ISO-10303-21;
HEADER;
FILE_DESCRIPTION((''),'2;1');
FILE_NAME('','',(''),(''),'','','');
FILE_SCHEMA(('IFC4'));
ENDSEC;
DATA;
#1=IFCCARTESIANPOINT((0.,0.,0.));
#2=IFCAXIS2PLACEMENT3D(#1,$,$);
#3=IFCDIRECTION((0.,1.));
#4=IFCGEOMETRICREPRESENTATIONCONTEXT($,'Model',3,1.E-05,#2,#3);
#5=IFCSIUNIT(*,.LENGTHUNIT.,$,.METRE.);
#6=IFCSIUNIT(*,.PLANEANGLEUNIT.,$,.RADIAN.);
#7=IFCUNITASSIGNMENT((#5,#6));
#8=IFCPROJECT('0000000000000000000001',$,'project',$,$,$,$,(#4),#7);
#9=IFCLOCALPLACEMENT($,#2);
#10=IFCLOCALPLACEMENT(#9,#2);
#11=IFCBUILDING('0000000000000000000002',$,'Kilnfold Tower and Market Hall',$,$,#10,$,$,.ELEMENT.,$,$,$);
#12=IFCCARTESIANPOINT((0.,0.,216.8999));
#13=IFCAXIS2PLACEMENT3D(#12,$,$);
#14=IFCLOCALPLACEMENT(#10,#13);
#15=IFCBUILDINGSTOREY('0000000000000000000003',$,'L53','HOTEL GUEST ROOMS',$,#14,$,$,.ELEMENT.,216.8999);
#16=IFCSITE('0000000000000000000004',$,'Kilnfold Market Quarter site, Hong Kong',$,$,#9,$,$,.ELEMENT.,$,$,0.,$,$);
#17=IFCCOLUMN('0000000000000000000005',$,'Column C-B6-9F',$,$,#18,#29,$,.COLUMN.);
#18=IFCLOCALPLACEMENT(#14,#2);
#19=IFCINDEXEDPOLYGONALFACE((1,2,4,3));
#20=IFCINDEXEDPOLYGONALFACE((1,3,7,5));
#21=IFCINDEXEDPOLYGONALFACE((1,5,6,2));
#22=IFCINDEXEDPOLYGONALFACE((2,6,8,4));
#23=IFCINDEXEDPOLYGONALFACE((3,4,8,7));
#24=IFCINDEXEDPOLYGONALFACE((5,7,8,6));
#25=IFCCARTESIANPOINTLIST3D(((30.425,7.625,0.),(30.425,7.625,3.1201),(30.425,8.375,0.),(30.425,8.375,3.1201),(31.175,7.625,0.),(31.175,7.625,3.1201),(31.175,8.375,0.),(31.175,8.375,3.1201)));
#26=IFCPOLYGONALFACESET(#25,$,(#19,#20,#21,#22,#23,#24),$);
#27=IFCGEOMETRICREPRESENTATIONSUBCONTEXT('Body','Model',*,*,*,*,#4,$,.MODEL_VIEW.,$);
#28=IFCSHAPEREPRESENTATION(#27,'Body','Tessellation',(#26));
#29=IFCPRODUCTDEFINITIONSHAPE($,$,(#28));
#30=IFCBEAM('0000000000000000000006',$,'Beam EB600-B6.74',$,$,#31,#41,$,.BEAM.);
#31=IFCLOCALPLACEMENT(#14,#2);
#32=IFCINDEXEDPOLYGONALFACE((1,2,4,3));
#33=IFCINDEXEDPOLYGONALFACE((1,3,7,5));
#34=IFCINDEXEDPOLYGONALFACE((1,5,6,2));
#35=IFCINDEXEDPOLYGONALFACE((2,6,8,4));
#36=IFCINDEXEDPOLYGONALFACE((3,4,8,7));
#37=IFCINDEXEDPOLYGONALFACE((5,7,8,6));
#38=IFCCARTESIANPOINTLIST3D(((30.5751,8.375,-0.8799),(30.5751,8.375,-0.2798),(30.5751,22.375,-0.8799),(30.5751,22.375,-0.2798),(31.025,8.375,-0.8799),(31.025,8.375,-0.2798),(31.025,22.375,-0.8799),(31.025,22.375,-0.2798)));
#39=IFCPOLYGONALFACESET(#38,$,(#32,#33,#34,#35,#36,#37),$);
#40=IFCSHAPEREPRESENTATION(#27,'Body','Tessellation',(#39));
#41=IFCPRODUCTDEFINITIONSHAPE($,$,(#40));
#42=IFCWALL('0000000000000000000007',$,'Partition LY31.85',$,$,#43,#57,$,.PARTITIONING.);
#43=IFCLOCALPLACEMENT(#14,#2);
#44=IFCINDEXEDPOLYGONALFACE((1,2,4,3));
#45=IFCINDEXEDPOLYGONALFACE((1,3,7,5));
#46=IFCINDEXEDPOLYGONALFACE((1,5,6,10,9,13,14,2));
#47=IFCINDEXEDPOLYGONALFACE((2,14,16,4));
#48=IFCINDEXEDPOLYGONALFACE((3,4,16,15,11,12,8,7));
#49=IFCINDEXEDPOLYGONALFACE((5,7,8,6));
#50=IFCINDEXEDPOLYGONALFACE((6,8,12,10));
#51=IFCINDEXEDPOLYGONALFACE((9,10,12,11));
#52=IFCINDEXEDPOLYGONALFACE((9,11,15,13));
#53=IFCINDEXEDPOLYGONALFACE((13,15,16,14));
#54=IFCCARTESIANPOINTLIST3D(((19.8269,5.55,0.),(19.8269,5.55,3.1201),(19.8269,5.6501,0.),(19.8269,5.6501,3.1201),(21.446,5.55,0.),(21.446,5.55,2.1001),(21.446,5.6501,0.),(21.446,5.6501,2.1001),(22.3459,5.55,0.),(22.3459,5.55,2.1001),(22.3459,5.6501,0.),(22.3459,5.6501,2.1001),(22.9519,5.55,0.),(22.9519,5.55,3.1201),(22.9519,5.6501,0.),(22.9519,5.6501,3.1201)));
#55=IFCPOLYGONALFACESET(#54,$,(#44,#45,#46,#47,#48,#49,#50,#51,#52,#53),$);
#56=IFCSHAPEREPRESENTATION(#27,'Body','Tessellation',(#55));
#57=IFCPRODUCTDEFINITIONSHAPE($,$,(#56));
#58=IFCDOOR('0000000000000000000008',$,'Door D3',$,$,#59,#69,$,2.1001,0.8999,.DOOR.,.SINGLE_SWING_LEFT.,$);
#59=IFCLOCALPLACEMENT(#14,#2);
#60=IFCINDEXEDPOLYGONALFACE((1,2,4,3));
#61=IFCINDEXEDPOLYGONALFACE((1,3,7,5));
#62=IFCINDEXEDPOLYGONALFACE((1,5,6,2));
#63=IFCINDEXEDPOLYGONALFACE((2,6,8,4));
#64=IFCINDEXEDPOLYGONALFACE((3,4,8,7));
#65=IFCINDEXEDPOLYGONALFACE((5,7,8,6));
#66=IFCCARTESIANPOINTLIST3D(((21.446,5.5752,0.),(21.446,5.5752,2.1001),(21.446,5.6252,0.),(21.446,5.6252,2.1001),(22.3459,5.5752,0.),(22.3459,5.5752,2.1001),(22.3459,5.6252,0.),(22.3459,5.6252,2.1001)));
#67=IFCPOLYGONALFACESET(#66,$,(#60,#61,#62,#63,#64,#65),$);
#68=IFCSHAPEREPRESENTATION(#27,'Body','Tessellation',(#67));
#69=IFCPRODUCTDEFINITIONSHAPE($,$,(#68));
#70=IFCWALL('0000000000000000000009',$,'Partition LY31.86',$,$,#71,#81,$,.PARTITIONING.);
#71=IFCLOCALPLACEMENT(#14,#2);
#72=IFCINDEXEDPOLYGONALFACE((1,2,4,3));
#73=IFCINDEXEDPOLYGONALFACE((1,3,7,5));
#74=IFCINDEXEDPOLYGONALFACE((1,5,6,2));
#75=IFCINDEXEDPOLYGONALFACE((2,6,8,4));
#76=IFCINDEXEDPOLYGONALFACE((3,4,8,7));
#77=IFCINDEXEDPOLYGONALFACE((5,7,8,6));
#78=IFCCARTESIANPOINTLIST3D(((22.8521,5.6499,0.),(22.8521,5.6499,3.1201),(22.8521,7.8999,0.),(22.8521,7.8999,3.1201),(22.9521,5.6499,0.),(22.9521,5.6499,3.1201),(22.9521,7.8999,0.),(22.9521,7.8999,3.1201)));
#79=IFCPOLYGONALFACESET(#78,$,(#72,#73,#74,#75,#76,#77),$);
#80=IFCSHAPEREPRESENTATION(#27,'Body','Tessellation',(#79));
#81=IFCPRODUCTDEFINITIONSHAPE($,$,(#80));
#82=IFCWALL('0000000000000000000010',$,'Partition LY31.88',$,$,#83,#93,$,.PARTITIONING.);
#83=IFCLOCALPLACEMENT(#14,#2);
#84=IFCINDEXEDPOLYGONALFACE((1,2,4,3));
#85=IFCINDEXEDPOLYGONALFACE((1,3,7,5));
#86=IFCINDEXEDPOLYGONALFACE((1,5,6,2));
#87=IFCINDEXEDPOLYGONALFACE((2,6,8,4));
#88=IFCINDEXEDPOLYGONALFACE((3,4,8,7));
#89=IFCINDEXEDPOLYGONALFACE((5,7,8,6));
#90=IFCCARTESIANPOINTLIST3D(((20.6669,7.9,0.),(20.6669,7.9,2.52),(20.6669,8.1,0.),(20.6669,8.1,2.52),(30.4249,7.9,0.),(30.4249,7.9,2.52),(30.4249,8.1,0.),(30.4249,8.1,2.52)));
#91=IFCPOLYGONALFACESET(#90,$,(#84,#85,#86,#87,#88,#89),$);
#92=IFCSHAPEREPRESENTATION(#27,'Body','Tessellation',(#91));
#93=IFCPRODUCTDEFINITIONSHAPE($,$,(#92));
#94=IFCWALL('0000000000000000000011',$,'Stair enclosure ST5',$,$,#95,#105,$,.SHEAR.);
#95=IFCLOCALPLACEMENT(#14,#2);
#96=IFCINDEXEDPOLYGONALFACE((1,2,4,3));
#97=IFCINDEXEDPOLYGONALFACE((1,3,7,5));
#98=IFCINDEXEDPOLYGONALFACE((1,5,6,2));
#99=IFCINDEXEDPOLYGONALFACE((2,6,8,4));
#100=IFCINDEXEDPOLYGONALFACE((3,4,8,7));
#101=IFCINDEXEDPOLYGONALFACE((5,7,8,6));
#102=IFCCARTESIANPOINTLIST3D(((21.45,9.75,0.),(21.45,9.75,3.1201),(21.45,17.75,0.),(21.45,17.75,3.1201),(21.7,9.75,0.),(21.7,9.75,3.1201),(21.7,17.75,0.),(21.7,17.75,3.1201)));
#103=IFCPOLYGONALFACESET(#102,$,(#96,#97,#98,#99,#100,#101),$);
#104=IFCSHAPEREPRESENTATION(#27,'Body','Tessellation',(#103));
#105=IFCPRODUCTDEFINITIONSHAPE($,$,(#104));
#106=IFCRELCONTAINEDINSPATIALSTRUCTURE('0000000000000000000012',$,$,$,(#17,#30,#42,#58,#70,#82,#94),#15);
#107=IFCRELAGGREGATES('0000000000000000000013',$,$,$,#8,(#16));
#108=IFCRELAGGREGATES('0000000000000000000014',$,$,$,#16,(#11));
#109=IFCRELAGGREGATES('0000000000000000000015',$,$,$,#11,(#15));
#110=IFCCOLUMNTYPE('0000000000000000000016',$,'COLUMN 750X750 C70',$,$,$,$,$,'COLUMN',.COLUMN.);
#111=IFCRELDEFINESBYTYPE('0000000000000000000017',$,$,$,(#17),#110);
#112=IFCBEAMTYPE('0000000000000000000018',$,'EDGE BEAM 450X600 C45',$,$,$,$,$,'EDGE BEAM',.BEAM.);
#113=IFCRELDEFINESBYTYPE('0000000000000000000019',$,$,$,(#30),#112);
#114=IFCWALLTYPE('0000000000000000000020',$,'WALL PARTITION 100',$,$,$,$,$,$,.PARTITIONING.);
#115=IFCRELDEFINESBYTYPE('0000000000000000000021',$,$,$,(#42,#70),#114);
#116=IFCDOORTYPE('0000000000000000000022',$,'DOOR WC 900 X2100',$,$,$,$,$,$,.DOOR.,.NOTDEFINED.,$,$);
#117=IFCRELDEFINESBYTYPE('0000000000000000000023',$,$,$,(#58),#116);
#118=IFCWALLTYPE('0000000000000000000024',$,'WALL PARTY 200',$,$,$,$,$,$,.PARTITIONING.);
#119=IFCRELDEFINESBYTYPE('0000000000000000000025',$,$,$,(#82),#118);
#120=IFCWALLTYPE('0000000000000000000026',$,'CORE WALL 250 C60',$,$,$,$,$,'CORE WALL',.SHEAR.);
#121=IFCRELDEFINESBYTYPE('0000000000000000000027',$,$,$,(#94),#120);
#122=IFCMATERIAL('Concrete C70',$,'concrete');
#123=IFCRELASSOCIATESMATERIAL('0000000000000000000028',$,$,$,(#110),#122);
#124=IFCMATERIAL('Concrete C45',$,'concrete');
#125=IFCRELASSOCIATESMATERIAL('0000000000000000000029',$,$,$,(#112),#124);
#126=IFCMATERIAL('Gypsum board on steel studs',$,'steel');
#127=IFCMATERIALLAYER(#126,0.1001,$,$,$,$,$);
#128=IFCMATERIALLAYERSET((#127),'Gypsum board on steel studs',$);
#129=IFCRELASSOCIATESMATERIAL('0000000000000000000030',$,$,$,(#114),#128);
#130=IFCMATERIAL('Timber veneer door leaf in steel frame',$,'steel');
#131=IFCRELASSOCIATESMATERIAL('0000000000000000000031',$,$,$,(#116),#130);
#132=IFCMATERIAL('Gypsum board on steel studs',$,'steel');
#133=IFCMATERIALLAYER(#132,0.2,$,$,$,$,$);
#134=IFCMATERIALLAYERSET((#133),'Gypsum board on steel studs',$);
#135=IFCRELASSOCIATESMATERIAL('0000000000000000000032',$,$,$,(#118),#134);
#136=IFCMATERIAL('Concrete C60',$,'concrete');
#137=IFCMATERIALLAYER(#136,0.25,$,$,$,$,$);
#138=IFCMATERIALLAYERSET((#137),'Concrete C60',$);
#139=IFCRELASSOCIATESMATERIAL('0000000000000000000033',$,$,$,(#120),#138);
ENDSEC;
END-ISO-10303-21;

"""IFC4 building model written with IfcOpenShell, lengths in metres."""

from ifc_helpers import new_model, si_unit, direction, frame, frame_2d, origin, origin_2d, place, context, subcontext, project, spatial, rectangle, extrude, source, transform, mapped, material, layer, layer_set, material_profile, profile_set, type_object, element, fill, save


model = new_model("IFC4")

# Units and contexts
model_context = context("Model", 3, precision=1e-05, world=origin(), true_north=direction((0.0, 1.0)))
body_context = subcontext(model_context, "Body", "Model", "MODEL_VIEW")
ifc_project = project(units=[si_unit("LENGTHUNIT", "METRE"), si_unit("PLANEANGLEUNIT", "RADIAN")], contexts=[model_context])

# Site, building, storey
site_placement = place(None, origin())
site = spatial("IfcSite", under=ifc_project, at=site_placement, Name="Kilnfold Market Quarter site, Hong Kong", CompositionType="ELEMENT", RefElevation=0.0)
building_placement = place(site_placement, origin())
building = spatial("IfcBuilding", under=site, at=building_placement, Name="Kilnfold Tower and Market Hall", CompositionType="ELEMENT")
storey_placement = place(building_placement, frame((0.0, 0.0, 216.8999)))
storey = spatial("IfcBuildingStorey", under=building, at=storey_placement, Name="L53", Description="HOTEL GUEST ROOMS", CompositionType="ELEMENT", Elevation=216.8999)

# Column
ifc_material_1 = material(Name="Concrete C70", Category="concrete")
ifc_material_profile_1 = material_profile(ifc_material_1, rectangle(XDim=0.75, YDim=0.75, at=origin_2d()), Name="RC 750x750")
ifc_profile_set_1 = profile_set([ifc_material_profile_1], Name="Concrete C70")
column_type = type_object("IfcColumnType", Name="COLUMN 750X750 C70", ElementType="COLUMN", PredefinedType="COLUMN", material=ifc_profile_set_1)
shared_shape_1 = source(origin(), body_context, "Body", "SweptSolid", [
    extrude(rectangle(XDim=0.75, YDim=0.75, at=origin_2d()), origin(), (0.0, 0.0, 1.0), 3.1201),
])
column_placement = place(storey_placement, frame((30.8, 8.0, 0.0), z_axis=(0.0, 0.0, 1.0), x_axis=(1.0, 0.0, 0.0)))
element("IfcColumn", 1, at=column_placement, inside=storey, type_object=column_type, Name="Column C-B6-9F", PredefinedType="COLUMN", context=body_context, shape_type="MappedRepresentation", body=[
    mapped(shared_shape_1, transform((0.0, 0.0, 0.0))),
])

# Beam
ifc_material_2 = material(Name="Concrete C45", Category="concrete")
ifc_material_profile_2 = material_profile(ifc_material_2, rectangle(XDim=0.45, YDim=0.6001, at=origin_2d()), Name="RC 450x600")
ifc_profile_set_2 = profile_set([ifc_material_profile_2], Name="Concrete C45")
beam_type = type_object("IfcBeamType", Name="EDGE BEAM 450X600 C45", ElementType="EDGE BEAM", PredefinedType="BEAM", material=ifc_profile_set_2)
shared_shape_2 = source(origin(), body_context, "Body", "SweptSolid", [
    extrude(rectangle(XDim=0.45, YDim=0.6001, at=origin_2d()), origin(), (0.0, 0.0, 1.0), 14.0),
])
beam_placement = place(storey_placement, frame((30.8, 8.375, -0.5798), z_axis=(0.0, 1.0, 0.0), x_axis=(-1.0, 0.0, 0.0)))
element("IfcBeam", 2, at=beam_placement, inside=storey, type_object=beam_type, Name="Beam EB600-B6.74", PredefinedType="BEAM", context=body_context, shape_type="MappedRepresentation", body=[
    mapped(shared_shape_2, transform((0.0, 0.0, 0.0))),
])

# Wall, opening, door
ifc_material_3 = material(Name="Gypsum board on steel studs", Category="steel")
ifc_layer_1 = layer(ifc_material_3, 0.1001)
ifc_layer_set_1 = layer_set([ifc_layer_1], Name="Gypsum board on steel studs")
wall_type_1 = type_object("IfcWallType", Name="WALL PARTITION 100", PredefinedType="PARTITIONING", material=ifc_layer_set_1)
wall_1_placement = place(storey_placement, frame((22.9519, 5.6001, 0.0), z_axis=(0.0, 0.0, 1.0), x_axis=(-1.0, 0.0, 0.0)))
wall_1 = element("IfcWall", 3, at=wall_1_placement, inside=storey, type_object=wall_type_1, Name="Partition LY31.85", PredefinedType="PARTITIONING", context=body_context, shape_type="SweptSolid", body=[
    extrude(rectangle(XDim=3.125, YDim=0.1001, at=frame_2d((1.5625, 0.0))), origin(), (0.0, 0.0, 1.0), 3.1201),
])
opening_1_placement = place(wall_1_placement, frame((0.606, 0.0, 0.0)))
opening_1 = element("IfcOpeningElement", 4, at=opening_1_placement, cuts=wall_1, PredefinedType="OPENING", context=body_context, shape_type="SweptSolid", body=[
    extrude(rectangle(XDim=0.8999, YDim=2.1001, at=frame_2d((0.45, 1.05))), frame((0.0, 0.0601, 0.0), z_axis=(0.0, -1.0, 0.0), x_axis=(1.0, 0.0, 0.0)), (0.0, 0.0, 1.0), 0.1201),
])
ifc_material_4 = material(Name="Timber veneer door leaf in steel frame", Category="steel")
door_type_1 = type_object("IfcDoorType", Name="DOOR WC 900 X2100", OperationType="NOTDEFINED", PredefinedType="DOOR", material=ifc_material_4)
door_1_placement = place(opening_1_placement, origin())
door_1 = element("IfcDoor", 5, at=door_1_placement, inside=storey, type_object=door_type_1, Name="Door D3", OperationType="SINGLE_SWING_LEFT", OverallHeight=2.1001, OverallWidth=0.8999, PredefinedType="DOOR", context=body_context, shape_type="SweptSolid", body=[
    extrude(rectangle(XDim=0.8999, YDim=2.1001, at=frame_2d((0.45, 1.05))), frame((0.0, 0.0249, 0.0), z_axis=(0.0, -1.0, 0.0), x_axis=(1.0, 0.0, 0.0)), (0.0, 0.0, 1.0), 0.05),
])
fill(opening_1, door_1)

# Walls
wall_2_placement = place(storey_placement, frame((22.9021, 5.6499, 0.0), z_axis=(0.0, 0.0, 1.0), x_axis=(0.0, 1.0, 0.0)))
element("IfcWall", 6, at=wall_2_placement, inside=storey, type_object=wall_type_1, Name="Partition LY31.86", PredefinedType="PARTITIONING", context=body_context, shape_type="SweptSolid", body=[
    extrude(rectangle(XDim=2.25, YDim=0.1001, at=frame_2d((1.125, 0.0))), origin(), (0.0, 0.0, 1.0), 3.1201),
])
ifc_material_5 = material(Name="Gypsum board on steel studs", Category="steel")
ifc_layer_2 = layer(ifc_material_5, 0.2)
ifc_layer_set_2 = layer_set([ifc_layer_2], Name="Gypsum board on steel studs")
wall_type_2 = type_object("IfcWallType", Name="WALL PARTY 200", PredefinedType="PARTITIONING", material=ifc_layer_set_2)
wall_3_placement = place(storey_placement, frame((20.667, 8.0, 0.0), z_axis=(0.0, 0.0, 1.0), x_axis=(1.0, 0.0, 0.0)))
element("IfcWall", 7, at=wall_3_placement, inside=storey, type_object=wall_type_2, Name="Partition LY31.88", PredefinedType="PARTITIONING", context=body_context, shape_type="SweptSolid", body=[
    extrude(rectangle(XDim=9.7581, YDim=0.2, at=frame_2d((4.8789, 0.0))), origin(), (0.0, 0.0, 1.0), 2.52),
])
ifc_material_6 = material(Name="Concrete C60", Category="concrete")
ifc_layer_3 = layer(ifc_material_6, 0.25)
ifc_layer_set_3 = layer_set([ifc_layer_3], Name="Concrete C60")
wall_type_3 = type_object("IfcWallType", Name="CORE WALL 250 C60", ElementType="CORE WALL", PredefinedType="SHEAR", material=ifc_layer_set_3)
shared_shape_3 = source(origin(), body_context, "Body", "SweptSolid", [
    extrude(rectangle(XDim=8.0, YDim=0.25, at=frame_2d((4.0, 0.0))), origin(), (0.0, 0.0, 1.0), 3.1201),
])
wall_4_placement = place(storey_placement, frame((21.575, 9.75, 0.0), z_axis=(0.0, 0.0, 1.0), x_axis=(0.0, 1.0, 0.0)))
element("IfcWall", 8, at=wall_4_placement, inside=storey, type_object=wall_type_3, Name="Stair enclosure ST5", PredefinedType="SHEAR", context=body_context, shape_type="MappedRepresentation", body=[
    mapped(shared_shape_3, transform((0.0, 0.0, 0.0))),
])

save(model, "model.ifc")
